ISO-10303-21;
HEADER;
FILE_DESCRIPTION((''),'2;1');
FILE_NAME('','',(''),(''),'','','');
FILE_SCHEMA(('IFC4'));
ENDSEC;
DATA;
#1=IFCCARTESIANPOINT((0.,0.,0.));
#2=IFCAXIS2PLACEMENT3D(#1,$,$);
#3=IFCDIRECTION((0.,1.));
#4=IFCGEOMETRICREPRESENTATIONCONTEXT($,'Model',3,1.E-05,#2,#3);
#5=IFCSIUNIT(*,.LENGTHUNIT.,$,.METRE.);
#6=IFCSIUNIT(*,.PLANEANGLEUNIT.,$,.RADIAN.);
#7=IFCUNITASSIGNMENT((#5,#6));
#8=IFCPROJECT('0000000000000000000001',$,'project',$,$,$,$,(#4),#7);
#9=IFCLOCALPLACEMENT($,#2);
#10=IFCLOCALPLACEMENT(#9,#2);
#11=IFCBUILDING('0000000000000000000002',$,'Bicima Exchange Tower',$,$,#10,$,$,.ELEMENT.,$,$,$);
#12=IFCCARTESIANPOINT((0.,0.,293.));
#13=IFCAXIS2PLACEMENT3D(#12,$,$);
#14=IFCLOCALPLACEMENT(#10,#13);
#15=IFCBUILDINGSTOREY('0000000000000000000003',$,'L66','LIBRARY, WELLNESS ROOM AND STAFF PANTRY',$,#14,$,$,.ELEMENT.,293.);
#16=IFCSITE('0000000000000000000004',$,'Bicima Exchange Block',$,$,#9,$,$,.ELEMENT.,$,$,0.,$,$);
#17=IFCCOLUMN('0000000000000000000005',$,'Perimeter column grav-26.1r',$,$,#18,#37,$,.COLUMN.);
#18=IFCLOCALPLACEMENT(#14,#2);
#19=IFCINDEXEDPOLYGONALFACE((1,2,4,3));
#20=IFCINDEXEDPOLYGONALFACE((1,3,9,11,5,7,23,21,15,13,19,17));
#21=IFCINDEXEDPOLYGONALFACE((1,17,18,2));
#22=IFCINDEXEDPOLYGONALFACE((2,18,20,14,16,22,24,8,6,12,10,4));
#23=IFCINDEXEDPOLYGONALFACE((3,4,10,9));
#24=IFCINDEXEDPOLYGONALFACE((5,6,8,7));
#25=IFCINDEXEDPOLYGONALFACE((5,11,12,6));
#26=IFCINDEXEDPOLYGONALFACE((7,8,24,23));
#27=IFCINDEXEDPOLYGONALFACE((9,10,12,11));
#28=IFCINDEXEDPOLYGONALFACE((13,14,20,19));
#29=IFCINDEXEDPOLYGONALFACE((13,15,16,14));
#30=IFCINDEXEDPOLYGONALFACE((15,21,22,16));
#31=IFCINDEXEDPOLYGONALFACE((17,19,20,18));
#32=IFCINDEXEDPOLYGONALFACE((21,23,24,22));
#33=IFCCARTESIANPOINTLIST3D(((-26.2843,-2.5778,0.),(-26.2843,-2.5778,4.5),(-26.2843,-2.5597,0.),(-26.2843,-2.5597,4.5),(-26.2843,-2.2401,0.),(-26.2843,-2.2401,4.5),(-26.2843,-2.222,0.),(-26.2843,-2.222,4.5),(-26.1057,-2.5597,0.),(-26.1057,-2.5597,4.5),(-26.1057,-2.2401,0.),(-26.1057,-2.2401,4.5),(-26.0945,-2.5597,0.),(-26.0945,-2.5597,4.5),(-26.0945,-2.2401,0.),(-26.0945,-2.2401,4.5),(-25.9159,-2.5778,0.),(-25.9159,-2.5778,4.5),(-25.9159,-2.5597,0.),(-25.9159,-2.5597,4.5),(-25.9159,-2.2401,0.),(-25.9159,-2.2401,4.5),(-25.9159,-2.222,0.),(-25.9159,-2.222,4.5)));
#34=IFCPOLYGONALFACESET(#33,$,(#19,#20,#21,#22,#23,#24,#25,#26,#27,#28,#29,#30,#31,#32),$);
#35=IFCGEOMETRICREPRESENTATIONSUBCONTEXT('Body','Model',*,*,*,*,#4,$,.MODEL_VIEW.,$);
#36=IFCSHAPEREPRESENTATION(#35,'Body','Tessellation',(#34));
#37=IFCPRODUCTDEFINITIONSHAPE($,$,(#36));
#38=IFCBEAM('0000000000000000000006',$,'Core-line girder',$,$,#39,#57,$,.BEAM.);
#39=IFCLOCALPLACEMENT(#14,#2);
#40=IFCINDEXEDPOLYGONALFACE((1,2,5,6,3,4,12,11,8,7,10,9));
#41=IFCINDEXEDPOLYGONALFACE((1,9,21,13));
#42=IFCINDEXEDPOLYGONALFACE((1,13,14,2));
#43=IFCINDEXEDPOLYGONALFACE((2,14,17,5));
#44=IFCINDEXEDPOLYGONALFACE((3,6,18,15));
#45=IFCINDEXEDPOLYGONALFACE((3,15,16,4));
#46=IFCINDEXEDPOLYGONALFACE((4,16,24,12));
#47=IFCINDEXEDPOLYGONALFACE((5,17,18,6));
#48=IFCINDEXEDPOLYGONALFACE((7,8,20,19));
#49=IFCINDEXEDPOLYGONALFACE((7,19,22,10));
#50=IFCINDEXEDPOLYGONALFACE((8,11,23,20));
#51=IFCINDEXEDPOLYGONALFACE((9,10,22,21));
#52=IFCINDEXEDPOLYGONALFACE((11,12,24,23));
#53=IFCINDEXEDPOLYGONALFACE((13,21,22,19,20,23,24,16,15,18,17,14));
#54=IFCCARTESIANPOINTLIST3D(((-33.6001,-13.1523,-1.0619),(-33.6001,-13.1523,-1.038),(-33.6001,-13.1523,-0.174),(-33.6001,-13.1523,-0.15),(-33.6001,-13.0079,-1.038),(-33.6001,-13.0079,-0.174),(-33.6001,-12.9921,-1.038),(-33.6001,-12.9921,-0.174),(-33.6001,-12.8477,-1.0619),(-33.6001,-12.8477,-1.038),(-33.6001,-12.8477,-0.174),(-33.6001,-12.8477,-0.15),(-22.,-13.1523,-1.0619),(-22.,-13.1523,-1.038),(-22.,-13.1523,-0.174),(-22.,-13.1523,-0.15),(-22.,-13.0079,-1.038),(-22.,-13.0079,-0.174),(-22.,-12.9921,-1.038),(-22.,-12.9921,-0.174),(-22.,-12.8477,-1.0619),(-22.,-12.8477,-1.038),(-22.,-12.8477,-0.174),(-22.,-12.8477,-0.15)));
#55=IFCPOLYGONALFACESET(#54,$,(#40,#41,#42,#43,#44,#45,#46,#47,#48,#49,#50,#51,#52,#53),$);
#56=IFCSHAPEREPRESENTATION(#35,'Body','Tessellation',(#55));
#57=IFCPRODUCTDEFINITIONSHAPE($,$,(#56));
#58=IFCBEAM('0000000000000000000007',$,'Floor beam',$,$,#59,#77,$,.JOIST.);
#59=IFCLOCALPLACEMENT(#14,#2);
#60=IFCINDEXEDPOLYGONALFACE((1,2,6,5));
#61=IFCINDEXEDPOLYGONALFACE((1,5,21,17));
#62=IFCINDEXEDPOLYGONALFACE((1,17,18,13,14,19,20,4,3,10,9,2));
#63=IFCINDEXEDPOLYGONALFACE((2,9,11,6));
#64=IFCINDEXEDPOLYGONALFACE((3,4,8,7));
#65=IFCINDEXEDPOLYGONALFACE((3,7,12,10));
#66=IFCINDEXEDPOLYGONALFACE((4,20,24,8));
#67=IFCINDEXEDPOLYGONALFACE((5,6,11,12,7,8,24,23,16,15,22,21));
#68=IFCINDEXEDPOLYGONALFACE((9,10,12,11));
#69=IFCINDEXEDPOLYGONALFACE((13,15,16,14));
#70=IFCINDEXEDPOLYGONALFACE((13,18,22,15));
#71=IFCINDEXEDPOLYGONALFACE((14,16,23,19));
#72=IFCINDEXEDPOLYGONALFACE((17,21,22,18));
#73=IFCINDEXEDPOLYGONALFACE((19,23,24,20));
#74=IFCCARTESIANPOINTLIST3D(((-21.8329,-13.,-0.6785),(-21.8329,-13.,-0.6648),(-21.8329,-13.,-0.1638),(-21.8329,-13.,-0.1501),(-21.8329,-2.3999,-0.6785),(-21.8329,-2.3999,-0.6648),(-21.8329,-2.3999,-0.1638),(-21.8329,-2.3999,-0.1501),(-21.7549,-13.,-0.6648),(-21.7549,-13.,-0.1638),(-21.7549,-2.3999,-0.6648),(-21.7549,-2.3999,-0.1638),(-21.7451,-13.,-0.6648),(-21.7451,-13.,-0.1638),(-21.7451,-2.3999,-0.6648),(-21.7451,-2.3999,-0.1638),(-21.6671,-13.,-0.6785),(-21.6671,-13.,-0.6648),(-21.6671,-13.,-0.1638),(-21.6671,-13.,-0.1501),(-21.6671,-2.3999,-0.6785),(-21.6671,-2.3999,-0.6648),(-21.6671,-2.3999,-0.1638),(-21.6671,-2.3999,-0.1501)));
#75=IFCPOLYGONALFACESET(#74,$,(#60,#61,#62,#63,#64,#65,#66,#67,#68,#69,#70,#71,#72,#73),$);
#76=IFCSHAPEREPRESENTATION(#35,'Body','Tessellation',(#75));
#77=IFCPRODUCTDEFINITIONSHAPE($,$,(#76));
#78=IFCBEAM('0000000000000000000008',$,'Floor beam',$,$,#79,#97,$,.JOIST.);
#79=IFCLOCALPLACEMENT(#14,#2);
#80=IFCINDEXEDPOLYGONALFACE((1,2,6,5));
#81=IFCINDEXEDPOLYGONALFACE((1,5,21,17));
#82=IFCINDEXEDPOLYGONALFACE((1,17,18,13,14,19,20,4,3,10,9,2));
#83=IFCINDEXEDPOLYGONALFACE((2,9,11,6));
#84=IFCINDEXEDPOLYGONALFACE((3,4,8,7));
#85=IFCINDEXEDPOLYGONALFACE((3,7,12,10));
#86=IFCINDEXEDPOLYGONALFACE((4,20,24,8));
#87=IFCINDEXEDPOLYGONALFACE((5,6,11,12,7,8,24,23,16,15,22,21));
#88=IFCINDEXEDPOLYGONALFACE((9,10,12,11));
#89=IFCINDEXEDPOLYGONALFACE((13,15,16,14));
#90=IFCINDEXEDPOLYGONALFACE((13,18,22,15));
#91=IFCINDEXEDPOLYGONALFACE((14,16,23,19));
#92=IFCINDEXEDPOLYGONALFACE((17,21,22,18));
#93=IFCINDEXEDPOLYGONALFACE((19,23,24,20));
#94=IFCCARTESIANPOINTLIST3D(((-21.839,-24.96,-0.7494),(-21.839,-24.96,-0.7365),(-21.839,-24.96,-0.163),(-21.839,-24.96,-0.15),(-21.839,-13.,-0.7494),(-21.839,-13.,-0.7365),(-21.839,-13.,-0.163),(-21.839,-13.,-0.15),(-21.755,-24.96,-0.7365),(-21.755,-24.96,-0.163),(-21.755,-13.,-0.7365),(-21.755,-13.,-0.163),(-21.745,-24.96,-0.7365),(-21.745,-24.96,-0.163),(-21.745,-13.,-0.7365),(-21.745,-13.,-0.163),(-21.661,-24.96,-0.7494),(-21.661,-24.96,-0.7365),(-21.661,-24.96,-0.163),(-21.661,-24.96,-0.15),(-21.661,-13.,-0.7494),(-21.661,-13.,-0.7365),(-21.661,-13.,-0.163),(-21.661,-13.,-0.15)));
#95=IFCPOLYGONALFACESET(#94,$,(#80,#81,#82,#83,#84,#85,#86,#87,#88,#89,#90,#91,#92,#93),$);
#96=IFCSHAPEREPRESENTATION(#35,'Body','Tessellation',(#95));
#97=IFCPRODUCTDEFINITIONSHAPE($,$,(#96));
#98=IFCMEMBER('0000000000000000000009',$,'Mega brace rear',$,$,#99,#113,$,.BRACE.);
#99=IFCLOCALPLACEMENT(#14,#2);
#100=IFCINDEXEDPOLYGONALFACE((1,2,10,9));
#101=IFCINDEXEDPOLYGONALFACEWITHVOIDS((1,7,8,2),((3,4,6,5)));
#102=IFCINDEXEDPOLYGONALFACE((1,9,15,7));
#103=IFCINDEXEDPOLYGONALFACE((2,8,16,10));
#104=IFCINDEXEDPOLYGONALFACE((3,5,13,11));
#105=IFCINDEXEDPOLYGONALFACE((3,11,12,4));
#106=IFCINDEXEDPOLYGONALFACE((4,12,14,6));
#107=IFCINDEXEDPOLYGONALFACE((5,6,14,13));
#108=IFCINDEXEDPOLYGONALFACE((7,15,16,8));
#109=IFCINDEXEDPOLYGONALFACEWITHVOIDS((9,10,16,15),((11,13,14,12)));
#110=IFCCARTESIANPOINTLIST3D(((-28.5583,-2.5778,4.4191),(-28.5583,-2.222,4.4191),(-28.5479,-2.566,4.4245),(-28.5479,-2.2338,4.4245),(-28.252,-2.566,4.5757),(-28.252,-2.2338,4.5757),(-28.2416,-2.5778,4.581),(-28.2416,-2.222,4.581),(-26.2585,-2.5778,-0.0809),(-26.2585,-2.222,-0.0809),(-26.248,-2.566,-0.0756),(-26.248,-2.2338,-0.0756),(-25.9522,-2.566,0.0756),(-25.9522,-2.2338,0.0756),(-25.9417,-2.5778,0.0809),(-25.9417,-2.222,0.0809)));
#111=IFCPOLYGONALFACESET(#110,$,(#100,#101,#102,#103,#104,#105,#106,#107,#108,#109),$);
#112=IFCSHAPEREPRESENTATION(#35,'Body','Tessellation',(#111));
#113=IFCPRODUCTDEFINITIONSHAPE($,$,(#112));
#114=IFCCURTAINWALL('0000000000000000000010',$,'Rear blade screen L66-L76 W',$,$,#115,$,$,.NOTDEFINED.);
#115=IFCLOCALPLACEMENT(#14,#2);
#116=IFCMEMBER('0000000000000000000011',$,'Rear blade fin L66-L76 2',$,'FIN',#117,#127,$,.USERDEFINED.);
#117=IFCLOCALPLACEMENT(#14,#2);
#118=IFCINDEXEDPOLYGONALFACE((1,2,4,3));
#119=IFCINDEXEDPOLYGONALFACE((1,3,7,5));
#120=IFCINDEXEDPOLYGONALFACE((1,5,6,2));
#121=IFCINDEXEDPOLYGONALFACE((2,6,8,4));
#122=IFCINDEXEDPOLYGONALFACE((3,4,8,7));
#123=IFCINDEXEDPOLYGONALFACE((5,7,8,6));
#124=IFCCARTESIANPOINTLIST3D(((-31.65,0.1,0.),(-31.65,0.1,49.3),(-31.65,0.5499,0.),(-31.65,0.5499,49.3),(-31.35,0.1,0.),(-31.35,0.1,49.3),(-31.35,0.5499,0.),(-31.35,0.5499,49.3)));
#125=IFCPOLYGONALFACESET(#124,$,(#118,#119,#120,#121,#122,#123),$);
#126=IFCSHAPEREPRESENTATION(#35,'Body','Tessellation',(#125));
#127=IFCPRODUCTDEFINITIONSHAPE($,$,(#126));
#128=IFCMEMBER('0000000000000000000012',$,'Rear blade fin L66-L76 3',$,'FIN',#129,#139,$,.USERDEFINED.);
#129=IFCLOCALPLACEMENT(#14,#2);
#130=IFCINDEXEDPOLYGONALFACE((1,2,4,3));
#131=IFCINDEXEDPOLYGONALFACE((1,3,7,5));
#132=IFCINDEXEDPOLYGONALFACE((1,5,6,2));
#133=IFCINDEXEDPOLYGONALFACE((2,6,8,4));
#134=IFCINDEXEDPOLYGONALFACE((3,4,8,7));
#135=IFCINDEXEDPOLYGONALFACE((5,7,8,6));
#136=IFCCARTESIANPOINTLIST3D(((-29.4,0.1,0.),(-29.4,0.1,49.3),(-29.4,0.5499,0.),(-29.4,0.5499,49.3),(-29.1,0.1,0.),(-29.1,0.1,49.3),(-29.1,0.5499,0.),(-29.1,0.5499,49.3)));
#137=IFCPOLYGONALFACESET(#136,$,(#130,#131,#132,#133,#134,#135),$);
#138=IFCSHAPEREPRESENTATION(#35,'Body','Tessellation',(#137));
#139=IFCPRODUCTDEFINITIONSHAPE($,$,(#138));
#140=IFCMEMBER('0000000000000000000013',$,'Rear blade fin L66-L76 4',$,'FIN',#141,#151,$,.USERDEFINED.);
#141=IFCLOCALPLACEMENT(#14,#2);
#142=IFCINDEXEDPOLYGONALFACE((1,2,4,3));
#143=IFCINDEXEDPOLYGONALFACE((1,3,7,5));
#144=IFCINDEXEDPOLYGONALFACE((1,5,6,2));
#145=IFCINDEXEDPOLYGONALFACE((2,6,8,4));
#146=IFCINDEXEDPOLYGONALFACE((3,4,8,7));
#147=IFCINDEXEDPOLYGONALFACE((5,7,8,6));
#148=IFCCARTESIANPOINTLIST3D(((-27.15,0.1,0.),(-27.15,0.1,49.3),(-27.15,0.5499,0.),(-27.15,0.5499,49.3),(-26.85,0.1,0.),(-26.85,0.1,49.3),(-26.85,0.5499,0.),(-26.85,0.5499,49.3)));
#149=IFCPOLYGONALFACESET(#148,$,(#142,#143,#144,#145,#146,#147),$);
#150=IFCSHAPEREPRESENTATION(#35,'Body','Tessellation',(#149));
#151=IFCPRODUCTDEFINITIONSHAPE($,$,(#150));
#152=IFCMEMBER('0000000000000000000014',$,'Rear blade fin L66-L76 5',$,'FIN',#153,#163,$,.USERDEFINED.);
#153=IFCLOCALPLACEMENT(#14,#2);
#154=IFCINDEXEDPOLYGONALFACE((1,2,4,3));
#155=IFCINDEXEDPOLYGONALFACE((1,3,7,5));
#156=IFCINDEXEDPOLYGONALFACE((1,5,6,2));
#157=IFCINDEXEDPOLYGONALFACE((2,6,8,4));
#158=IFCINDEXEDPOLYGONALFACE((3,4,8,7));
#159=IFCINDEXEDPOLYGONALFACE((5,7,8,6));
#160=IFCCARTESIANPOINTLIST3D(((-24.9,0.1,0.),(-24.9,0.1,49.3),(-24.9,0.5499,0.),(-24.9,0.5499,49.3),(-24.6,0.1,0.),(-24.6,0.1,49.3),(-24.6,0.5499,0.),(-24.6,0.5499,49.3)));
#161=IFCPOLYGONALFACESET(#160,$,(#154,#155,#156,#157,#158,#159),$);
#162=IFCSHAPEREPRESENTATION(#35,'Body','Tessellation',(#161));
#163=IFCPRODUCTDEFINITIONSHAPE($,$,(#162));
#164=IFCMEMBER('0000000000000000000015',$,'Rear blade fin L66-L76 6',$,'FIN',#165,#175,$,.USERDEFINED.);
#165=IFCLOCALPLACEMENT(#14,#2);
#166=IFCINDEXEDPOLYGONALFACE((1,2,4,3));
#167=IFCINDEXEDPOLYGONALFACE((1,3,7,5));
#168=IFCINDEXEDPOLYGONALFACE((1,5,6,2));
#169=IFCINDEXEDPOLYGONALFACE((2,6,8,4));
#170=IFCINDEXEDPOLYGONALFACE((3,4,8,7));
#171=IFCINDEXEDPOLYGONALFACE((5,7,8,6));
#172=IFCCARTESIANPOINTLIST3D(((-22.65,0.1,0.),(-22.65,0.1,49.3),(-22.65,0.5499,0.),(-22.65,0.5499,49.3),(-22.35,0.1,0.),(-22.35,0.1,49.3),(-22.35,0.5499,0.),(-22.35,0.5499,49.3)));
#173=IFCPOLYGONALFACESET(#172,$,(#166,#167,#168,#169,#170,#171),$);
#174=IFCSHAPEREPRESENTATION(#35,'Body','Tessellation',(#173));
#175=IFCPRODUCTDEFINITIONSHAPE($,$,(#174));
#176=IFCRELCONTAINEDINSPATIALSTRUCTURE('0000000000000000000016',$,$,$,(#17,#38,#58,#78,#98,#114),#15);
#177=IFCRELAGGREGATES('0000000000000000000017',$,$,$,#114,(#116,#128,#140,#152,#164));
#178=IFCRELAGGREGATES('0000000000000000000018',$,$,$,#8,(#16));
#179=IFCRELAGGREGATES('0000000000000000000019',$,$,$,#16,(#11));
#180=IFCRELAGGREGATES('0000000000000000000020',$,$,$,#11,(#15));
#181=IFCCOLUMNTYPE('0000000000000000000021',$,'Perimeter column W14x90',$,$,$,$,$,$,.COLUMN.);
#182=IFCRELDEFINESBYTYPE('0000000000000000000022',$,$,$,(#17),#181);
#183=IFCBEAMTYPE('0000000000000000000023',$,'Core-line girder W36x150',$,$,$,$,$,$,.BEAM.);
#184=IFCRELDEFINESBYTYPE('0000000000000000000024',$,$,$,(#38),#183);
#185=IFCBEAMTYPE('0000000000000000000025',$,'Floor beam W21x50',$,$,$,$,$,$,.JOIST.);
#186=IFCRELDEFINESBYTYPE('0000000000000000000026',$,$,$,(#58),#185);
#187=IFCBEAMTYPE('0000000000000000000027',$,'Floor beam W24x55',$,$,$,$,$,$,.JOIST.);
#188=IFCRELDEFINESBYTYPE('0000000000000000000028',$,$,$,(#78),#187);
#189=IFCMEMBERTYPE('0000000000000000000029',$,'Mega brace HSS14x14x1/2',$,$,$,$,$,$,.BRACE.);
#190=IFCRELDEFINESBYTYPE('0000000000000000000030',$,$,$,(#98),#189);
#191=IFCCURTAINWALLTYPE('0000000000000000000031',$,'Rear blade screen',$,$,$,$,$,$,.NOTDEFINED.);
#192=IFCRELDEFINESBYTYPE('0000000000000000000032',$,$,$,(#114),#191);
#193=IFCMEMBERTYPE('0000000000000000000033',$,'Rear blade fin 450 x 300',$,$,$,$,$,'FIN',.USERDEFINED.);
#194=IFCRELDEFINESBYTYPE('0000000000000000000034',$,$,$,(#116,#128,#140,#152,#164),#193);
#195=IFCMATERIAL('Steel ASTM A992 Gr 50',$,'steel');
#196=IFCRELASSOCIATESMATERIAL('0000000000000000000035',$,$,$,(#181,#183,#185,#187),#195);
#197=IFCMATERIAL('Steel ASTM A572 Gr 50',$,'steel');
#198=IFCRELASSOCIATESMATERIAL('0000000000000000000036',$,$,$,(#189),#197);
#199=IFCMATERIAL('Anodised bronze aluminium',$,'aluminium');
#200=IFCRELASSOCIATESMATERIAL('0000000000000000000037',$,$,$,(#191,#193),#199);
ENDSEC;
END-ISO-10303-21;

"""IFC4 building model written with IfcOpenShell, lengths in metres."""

from ifc_helpers import new_model, si_unit, direction, frame, origin, origin_2d, place, context, subcontext, project, spatial, rectangle, hollow_rectangle, i_section, extrude, material, material_profile, profile_set, type_object, element, aggregate, save


model = new_model("IFC4")

# Units and contexts
model_context = context("Model", 3, precision=1e-05, world=origin(), true_north=direction((0.0, 1.0)))
body_context = subcontext(model_context, "Body", "Model", "MODEL_VIEW")
ifc_project = project(units=[si_unit("LENGTHUNIT", "METRE"), si_unit("PLANEANGLEUNIT", "RADIAN")], contexts=[model_context])

# Site, building, storey
site_placement = place(None, origin())
site = spatial("IfcSite", under=ifc_project, at=site_placement, Name="Bicima Exchange Block", CompositionType="ELEMENT", RefElevation=0.0)
building_placement = place(site_placement, origin())
building = spatial("IfcBuilding", under=site, at=building_placement, Name="Bicima Exchange Tower", CompositionType="ELEMENT")
storey_placement = place(building_placement, frame((0.0, 0.0, 293.0)))
storey = spatial("IfcBuildingStorey", under=building, at=storey_placement, Name="L66", Description="LIBRARY, WELLNESS ROOM AND STAFF PANTRY", CompositionType="ELEMENT", Elevation=293.0)

# Column
ifc_material_1 = material(Name="Steel ASTM A992 Gr 50", Category="steel")
ifc_material_profile_1 = material_profile(ifc_material_1, i_section(OverallWidth=0.3684, OverallDepth=0.3557, WebThickness=0.0112, FlangeThickness=0.0181, at=origin_2d()))
ifc_profile_set_1 = profile_set([ifc_material_profile_1], Name="Steel ASTM A992 Gr 50")
column_type = type_object("IfcColumnType", Name="Perimeter column W14x90", PredefinedType="COLUMN", material=ifc_profile_set_1)
column_placement = place(storey_placement, frame((-26.1001, -2.3999, 0.0), z_axis=(0.0, 0.0, 1.0), x_axis=(1.0, 0.0, 0.0)))
element("IfcColumn", 1, at=column_placement, inside=storey, type_object=column_type, Name="Perimeter column grav-26.1r", PredefinedType="COLUMN", context=body_context, shape_type="SweptSolid", body=[
    extrude(i_section(OverallWidth=0.3684, OverallDepth=0.3557, WebThickness=0.0112, FlangeThickness=0.0181, at=origin_2d()), origin(), (0.0, 0.0, 1.0), 4.5),
])

# Beams
ifc_material_profile_2 = material_profile(ifc_material_1, i_section(OverallWidth=0.3047, OverallDepth=0.9119, WebThickness=0.0159, FlangeThickness=0.0239, at=origin_2d()))
ifc_profile_set_2 = profile_set([ifc_material_profile_2], Name="Steel ASTM A992 Gr 50")
beam_type_1 = type_object("IfcBeamType", Name="Core-line girder W36x150", PredefinedType="BEAM", material=ifc_profile_set_2)
beam_1_placement = place(storey_placement, frame((-22.0, -13.0, -0.606), z_axis=(-1.0, 0.0, 0.0), x_axis=(0.0, -1.0, 0.0)))
element("IfcBeam", 2, at=beam_1_placement, inside=storey, type_object=beam_type_1, Name="Core-line girder", PredefinedType="BEAM", context=body_context, shape_type="SweptSolid", body=[
    extrude(i_section(OverallWidth=0.3047, OverallDepth=0.9119, WebThickness=0.0159, FlangeThickness=0.0239, at=origin_2d()), origin(), (0.0, 0.0, 1.0), 11.6001),
])
ifc_material_profile_3 = material_profile(ifc_material_1, i_section(OverallWidth=0.1658, OverallDepth=0.5283, WebThickness=0.0098, FlangeThickness=0.0137, at=origin_2d()))
ifc_profile_set_3 = profile_set([ifc_material_profile_3], Name="Steel ASTM A992 Gr 50")
beam_type_2 = type_object("IfcBeamType", Name="Floor beam W21x50", PredefinedType="JOIST", material=ifc_profile_set_3)
beam_2_placement = place(storey_placement, frame((-21.75, -2.3999, -0.4143), z_axis=(0.0, -1.0, 0.0), x_axis=(1.0, 0.0, 0.0)))
element("IfcBeam", 3, at=beam_2_placement, inside=storey, type_object=beam_type_2, Name="Floor beam", PredefinedType="JOIST", context=body_context, shape_type="SweptSolid", body=[
    extrude(i_section(OverallWidth=0.1658, OverallDepth=0.5283, WebThickness=0.0098, FlangeThickness=0.0137, at=origin_2d()), origin(), (0.0, 0.0, 1.0), 10.6001),
])
ifc_material_profile_4 = material_profile(ifc_material_1, i_section(OverallWidth=0.178, OverallDepth=0.5994, WebThickness=0.01, FlangeThickness=0.0129, at=origin_2d()))
ifc_profile_set_4 = profile_set([ifc_material_profile_4], Name="Steel ASTM A992 Gr 50")
beam_type_3 = type_object("IfcBeamType", Name="Floor beam W24x55", PredefinedType="JOIST", material=ifc_profile_set_4)
beam_3_placement = place(storey_placement, frame((-21.75, -13.0, -0.4497), z_axis=(0.0, -1.0, 0.0), x_axis=(1.0, 0.0, 0.0)))
element("IfcBeam", 4, at=beam_3_placement, inside=storey, type_object=beam_type_3, Name="Floor beam", PredefinedType="JOIST", context=body_context, shape_type="SweptSolid", body=[
    extrude(i_section(OverallWidth=0.178, OverallDepth=0.5994, WebThickness=0.01, FlangeThickness=0.0129, at=origin_2d()), origin(), (0.0, 0.0, 1.0), 11.96),
])

# Member
ifc_material_2 = material(Name="Steel ASTM A572 Gr 50", Category="steel")
ifc_material_profile_5 = material_profile(ifc_material_2, hollow_rectangle(XDim=0.3557, YDim=0.3557, WallThickness=0.0117, at=origin_2d()))
ifc_profile_set_5 = profile_set([ifc_material_profile_5], Name="Steel ASTM A572 Gr 50")
member_type_1 = type_object("IfcMemberType", Name="Mega brace HSS14x14x1/2", PredefinedType="BRACE", material=ifc_profile_set_5)
member_1_placement = place(storey_placement, frame((-26.1001, -2.3999, 0.0), z_axis=(-0.45508, 0.0, 0.89045), x_axis=(0.0, -1.0, 0.0)))
element("IfcMember", 5, at=member_1_placement, inside=storey, type_object=member_type_1, Name="Mega brace rear", PredefinedType="BRACE", context=body_context, shape_type="SweptSolid", body=[
    extrude(hollow_rectangle(XDim=0.3557, YDim=0.3557, WallThickness=0.0117, at=origin_2d()), origin(), (0.0, 0.0, 1.0), 5.0537),
])

# Curtain wall, members
ifc_material_3 = material(Name="Anodised bronze aluminium", Category="aluminium")
curtain_wall_type = type_object("IfcCurtainWallType", Name="Rear blade screen", PredefinedType="NOTDEFINED", material=ifc_material_3)
curtain_wall_placement = place(storey_placement, origin())
curtain_wall = element("IfcCurtainWall", 6, at=curtain_wall_placement, inside=storey, type_object=curtain_wall_type, Name="Rear blade screen L66-L76 W", PredefinedType="NOTDEFINED")
ifc_material_profile_6 = material_profile(ifc_material_3, rectangle(XDim=0.45, YDim=0.3, at=origin_2d()))
ifc_profile_set_6 = profile_set([ifc_material_profile_6], Name="Anodised bronze aluminium")
member_type_2 = type_object("IfcMemberType", Name="Rear blade fin 450 x 300", ElementType="FIN", PredefinedType="USERDEFINED", material=ifc_profile_set_6)
member_2_placement = place(storey_placement, frame((-31.5, 0.325, 0.0), z_axis=(0.0, 0.0, 1.0), x_axis=(0.0, 1.0, 0.0)))
member_2 = element("IfcMember", 7, at=member_2_placement, type_object=member_type_2, Name="Rear blade fin L66-L76 2", ObjectType="FIN", PredefinedType="USERDEFINED", context=body_context, shape_type="SweptSolid", body=[
    extrude(rectangle(XDim=0.45, YDim=0.3, at=origin_2d()), origin(), (0.0, 0.0, 1.0), 49.3),
])
member_3_placement = place(storey_placement, frame((-29.25, 0.325, 0.0), z_axis=(0.0, 0.0, 1.0), x_axis=(0.0, 1.0, 0.0)))
member_3 = element("IfcMember", 8, at=member_3_placement, type_object=member_type_2, Name="Rear blade fin L66-L76 3", ObjectType="FIN", PredefinedType="USERDEFINED", context=body_context, shape_type="SweptSolid", body=[
    extrude(rectangle(XDim=0.45, YDim=0.3, at=origin_2d()), origin(), (0.0, 0.0, 1.0), 49.3),
])
member_4_placement = place(storey_placement, frame((-27.0, 0.325, 0.0), z_axis=(0.0, 0.0, 1.0), x_axis=(0.0, 1.0, 0.0)))
member_4 = element("IfcMember", 9, at=member_4_placement, type_object=member_type_2, Name="Rear blade fin L66-L76 4", ObjectType="FIN", PredefinedType="USERDEFINED", context=body_context, shape_type="SweptSolid", body=[
    extrude(rectangle(XDim=0.45, YDim=0.3, at=origin_2d()), origin(), (0.0, 0.0, 1.0), 49.3),
])
member_5_placement = place(storey_placement, frame((-24.75, 0.325, 0.0), z_axis=(0.0, 0.0, 1.0), x_axis=(0.0, 1.0, 0.0)))
member_5 = element("IfcMember", 10, at=member_5_placement, type_object=member_type_2, Name="Rear blade fin L66-L76 5", ObjectType="FIN", PredefinedType="USERDEFINED", context=body_context, shape_type="SweptSolid", body=[
    extrude(rectangle(XDim=0.45, YDim=0.3, at=origin_2d()), origin(), (0.0, 0.0, 1.0), 49.3),
])
member_6_placement = place(storey_placement, frame((-22.5, 0.325, 0.0), z_axis=(0.0, 0.0, 1.0), x_axis=(0.0, 1.0, 0.0)))
member_6 = element("IfcMember", 11, at=member_6_placement, type_object=member_type_2, Name="Rear blade fin L66-L76 6", ObjectType="FIN", PredefinedType="USERDEFINED", context=body_context, shape_type="SweptSolid", body=[
    extrude(rectangle(XDim=0.45, YDim=0.3, at=origin_2d()), origin(), (0.0, 0.0, 1.0), 49.3),
])
aggregate(curtain_wall, [member_2, member_3, member_4, member_5, member_6])

save(model, "model.ifc")
